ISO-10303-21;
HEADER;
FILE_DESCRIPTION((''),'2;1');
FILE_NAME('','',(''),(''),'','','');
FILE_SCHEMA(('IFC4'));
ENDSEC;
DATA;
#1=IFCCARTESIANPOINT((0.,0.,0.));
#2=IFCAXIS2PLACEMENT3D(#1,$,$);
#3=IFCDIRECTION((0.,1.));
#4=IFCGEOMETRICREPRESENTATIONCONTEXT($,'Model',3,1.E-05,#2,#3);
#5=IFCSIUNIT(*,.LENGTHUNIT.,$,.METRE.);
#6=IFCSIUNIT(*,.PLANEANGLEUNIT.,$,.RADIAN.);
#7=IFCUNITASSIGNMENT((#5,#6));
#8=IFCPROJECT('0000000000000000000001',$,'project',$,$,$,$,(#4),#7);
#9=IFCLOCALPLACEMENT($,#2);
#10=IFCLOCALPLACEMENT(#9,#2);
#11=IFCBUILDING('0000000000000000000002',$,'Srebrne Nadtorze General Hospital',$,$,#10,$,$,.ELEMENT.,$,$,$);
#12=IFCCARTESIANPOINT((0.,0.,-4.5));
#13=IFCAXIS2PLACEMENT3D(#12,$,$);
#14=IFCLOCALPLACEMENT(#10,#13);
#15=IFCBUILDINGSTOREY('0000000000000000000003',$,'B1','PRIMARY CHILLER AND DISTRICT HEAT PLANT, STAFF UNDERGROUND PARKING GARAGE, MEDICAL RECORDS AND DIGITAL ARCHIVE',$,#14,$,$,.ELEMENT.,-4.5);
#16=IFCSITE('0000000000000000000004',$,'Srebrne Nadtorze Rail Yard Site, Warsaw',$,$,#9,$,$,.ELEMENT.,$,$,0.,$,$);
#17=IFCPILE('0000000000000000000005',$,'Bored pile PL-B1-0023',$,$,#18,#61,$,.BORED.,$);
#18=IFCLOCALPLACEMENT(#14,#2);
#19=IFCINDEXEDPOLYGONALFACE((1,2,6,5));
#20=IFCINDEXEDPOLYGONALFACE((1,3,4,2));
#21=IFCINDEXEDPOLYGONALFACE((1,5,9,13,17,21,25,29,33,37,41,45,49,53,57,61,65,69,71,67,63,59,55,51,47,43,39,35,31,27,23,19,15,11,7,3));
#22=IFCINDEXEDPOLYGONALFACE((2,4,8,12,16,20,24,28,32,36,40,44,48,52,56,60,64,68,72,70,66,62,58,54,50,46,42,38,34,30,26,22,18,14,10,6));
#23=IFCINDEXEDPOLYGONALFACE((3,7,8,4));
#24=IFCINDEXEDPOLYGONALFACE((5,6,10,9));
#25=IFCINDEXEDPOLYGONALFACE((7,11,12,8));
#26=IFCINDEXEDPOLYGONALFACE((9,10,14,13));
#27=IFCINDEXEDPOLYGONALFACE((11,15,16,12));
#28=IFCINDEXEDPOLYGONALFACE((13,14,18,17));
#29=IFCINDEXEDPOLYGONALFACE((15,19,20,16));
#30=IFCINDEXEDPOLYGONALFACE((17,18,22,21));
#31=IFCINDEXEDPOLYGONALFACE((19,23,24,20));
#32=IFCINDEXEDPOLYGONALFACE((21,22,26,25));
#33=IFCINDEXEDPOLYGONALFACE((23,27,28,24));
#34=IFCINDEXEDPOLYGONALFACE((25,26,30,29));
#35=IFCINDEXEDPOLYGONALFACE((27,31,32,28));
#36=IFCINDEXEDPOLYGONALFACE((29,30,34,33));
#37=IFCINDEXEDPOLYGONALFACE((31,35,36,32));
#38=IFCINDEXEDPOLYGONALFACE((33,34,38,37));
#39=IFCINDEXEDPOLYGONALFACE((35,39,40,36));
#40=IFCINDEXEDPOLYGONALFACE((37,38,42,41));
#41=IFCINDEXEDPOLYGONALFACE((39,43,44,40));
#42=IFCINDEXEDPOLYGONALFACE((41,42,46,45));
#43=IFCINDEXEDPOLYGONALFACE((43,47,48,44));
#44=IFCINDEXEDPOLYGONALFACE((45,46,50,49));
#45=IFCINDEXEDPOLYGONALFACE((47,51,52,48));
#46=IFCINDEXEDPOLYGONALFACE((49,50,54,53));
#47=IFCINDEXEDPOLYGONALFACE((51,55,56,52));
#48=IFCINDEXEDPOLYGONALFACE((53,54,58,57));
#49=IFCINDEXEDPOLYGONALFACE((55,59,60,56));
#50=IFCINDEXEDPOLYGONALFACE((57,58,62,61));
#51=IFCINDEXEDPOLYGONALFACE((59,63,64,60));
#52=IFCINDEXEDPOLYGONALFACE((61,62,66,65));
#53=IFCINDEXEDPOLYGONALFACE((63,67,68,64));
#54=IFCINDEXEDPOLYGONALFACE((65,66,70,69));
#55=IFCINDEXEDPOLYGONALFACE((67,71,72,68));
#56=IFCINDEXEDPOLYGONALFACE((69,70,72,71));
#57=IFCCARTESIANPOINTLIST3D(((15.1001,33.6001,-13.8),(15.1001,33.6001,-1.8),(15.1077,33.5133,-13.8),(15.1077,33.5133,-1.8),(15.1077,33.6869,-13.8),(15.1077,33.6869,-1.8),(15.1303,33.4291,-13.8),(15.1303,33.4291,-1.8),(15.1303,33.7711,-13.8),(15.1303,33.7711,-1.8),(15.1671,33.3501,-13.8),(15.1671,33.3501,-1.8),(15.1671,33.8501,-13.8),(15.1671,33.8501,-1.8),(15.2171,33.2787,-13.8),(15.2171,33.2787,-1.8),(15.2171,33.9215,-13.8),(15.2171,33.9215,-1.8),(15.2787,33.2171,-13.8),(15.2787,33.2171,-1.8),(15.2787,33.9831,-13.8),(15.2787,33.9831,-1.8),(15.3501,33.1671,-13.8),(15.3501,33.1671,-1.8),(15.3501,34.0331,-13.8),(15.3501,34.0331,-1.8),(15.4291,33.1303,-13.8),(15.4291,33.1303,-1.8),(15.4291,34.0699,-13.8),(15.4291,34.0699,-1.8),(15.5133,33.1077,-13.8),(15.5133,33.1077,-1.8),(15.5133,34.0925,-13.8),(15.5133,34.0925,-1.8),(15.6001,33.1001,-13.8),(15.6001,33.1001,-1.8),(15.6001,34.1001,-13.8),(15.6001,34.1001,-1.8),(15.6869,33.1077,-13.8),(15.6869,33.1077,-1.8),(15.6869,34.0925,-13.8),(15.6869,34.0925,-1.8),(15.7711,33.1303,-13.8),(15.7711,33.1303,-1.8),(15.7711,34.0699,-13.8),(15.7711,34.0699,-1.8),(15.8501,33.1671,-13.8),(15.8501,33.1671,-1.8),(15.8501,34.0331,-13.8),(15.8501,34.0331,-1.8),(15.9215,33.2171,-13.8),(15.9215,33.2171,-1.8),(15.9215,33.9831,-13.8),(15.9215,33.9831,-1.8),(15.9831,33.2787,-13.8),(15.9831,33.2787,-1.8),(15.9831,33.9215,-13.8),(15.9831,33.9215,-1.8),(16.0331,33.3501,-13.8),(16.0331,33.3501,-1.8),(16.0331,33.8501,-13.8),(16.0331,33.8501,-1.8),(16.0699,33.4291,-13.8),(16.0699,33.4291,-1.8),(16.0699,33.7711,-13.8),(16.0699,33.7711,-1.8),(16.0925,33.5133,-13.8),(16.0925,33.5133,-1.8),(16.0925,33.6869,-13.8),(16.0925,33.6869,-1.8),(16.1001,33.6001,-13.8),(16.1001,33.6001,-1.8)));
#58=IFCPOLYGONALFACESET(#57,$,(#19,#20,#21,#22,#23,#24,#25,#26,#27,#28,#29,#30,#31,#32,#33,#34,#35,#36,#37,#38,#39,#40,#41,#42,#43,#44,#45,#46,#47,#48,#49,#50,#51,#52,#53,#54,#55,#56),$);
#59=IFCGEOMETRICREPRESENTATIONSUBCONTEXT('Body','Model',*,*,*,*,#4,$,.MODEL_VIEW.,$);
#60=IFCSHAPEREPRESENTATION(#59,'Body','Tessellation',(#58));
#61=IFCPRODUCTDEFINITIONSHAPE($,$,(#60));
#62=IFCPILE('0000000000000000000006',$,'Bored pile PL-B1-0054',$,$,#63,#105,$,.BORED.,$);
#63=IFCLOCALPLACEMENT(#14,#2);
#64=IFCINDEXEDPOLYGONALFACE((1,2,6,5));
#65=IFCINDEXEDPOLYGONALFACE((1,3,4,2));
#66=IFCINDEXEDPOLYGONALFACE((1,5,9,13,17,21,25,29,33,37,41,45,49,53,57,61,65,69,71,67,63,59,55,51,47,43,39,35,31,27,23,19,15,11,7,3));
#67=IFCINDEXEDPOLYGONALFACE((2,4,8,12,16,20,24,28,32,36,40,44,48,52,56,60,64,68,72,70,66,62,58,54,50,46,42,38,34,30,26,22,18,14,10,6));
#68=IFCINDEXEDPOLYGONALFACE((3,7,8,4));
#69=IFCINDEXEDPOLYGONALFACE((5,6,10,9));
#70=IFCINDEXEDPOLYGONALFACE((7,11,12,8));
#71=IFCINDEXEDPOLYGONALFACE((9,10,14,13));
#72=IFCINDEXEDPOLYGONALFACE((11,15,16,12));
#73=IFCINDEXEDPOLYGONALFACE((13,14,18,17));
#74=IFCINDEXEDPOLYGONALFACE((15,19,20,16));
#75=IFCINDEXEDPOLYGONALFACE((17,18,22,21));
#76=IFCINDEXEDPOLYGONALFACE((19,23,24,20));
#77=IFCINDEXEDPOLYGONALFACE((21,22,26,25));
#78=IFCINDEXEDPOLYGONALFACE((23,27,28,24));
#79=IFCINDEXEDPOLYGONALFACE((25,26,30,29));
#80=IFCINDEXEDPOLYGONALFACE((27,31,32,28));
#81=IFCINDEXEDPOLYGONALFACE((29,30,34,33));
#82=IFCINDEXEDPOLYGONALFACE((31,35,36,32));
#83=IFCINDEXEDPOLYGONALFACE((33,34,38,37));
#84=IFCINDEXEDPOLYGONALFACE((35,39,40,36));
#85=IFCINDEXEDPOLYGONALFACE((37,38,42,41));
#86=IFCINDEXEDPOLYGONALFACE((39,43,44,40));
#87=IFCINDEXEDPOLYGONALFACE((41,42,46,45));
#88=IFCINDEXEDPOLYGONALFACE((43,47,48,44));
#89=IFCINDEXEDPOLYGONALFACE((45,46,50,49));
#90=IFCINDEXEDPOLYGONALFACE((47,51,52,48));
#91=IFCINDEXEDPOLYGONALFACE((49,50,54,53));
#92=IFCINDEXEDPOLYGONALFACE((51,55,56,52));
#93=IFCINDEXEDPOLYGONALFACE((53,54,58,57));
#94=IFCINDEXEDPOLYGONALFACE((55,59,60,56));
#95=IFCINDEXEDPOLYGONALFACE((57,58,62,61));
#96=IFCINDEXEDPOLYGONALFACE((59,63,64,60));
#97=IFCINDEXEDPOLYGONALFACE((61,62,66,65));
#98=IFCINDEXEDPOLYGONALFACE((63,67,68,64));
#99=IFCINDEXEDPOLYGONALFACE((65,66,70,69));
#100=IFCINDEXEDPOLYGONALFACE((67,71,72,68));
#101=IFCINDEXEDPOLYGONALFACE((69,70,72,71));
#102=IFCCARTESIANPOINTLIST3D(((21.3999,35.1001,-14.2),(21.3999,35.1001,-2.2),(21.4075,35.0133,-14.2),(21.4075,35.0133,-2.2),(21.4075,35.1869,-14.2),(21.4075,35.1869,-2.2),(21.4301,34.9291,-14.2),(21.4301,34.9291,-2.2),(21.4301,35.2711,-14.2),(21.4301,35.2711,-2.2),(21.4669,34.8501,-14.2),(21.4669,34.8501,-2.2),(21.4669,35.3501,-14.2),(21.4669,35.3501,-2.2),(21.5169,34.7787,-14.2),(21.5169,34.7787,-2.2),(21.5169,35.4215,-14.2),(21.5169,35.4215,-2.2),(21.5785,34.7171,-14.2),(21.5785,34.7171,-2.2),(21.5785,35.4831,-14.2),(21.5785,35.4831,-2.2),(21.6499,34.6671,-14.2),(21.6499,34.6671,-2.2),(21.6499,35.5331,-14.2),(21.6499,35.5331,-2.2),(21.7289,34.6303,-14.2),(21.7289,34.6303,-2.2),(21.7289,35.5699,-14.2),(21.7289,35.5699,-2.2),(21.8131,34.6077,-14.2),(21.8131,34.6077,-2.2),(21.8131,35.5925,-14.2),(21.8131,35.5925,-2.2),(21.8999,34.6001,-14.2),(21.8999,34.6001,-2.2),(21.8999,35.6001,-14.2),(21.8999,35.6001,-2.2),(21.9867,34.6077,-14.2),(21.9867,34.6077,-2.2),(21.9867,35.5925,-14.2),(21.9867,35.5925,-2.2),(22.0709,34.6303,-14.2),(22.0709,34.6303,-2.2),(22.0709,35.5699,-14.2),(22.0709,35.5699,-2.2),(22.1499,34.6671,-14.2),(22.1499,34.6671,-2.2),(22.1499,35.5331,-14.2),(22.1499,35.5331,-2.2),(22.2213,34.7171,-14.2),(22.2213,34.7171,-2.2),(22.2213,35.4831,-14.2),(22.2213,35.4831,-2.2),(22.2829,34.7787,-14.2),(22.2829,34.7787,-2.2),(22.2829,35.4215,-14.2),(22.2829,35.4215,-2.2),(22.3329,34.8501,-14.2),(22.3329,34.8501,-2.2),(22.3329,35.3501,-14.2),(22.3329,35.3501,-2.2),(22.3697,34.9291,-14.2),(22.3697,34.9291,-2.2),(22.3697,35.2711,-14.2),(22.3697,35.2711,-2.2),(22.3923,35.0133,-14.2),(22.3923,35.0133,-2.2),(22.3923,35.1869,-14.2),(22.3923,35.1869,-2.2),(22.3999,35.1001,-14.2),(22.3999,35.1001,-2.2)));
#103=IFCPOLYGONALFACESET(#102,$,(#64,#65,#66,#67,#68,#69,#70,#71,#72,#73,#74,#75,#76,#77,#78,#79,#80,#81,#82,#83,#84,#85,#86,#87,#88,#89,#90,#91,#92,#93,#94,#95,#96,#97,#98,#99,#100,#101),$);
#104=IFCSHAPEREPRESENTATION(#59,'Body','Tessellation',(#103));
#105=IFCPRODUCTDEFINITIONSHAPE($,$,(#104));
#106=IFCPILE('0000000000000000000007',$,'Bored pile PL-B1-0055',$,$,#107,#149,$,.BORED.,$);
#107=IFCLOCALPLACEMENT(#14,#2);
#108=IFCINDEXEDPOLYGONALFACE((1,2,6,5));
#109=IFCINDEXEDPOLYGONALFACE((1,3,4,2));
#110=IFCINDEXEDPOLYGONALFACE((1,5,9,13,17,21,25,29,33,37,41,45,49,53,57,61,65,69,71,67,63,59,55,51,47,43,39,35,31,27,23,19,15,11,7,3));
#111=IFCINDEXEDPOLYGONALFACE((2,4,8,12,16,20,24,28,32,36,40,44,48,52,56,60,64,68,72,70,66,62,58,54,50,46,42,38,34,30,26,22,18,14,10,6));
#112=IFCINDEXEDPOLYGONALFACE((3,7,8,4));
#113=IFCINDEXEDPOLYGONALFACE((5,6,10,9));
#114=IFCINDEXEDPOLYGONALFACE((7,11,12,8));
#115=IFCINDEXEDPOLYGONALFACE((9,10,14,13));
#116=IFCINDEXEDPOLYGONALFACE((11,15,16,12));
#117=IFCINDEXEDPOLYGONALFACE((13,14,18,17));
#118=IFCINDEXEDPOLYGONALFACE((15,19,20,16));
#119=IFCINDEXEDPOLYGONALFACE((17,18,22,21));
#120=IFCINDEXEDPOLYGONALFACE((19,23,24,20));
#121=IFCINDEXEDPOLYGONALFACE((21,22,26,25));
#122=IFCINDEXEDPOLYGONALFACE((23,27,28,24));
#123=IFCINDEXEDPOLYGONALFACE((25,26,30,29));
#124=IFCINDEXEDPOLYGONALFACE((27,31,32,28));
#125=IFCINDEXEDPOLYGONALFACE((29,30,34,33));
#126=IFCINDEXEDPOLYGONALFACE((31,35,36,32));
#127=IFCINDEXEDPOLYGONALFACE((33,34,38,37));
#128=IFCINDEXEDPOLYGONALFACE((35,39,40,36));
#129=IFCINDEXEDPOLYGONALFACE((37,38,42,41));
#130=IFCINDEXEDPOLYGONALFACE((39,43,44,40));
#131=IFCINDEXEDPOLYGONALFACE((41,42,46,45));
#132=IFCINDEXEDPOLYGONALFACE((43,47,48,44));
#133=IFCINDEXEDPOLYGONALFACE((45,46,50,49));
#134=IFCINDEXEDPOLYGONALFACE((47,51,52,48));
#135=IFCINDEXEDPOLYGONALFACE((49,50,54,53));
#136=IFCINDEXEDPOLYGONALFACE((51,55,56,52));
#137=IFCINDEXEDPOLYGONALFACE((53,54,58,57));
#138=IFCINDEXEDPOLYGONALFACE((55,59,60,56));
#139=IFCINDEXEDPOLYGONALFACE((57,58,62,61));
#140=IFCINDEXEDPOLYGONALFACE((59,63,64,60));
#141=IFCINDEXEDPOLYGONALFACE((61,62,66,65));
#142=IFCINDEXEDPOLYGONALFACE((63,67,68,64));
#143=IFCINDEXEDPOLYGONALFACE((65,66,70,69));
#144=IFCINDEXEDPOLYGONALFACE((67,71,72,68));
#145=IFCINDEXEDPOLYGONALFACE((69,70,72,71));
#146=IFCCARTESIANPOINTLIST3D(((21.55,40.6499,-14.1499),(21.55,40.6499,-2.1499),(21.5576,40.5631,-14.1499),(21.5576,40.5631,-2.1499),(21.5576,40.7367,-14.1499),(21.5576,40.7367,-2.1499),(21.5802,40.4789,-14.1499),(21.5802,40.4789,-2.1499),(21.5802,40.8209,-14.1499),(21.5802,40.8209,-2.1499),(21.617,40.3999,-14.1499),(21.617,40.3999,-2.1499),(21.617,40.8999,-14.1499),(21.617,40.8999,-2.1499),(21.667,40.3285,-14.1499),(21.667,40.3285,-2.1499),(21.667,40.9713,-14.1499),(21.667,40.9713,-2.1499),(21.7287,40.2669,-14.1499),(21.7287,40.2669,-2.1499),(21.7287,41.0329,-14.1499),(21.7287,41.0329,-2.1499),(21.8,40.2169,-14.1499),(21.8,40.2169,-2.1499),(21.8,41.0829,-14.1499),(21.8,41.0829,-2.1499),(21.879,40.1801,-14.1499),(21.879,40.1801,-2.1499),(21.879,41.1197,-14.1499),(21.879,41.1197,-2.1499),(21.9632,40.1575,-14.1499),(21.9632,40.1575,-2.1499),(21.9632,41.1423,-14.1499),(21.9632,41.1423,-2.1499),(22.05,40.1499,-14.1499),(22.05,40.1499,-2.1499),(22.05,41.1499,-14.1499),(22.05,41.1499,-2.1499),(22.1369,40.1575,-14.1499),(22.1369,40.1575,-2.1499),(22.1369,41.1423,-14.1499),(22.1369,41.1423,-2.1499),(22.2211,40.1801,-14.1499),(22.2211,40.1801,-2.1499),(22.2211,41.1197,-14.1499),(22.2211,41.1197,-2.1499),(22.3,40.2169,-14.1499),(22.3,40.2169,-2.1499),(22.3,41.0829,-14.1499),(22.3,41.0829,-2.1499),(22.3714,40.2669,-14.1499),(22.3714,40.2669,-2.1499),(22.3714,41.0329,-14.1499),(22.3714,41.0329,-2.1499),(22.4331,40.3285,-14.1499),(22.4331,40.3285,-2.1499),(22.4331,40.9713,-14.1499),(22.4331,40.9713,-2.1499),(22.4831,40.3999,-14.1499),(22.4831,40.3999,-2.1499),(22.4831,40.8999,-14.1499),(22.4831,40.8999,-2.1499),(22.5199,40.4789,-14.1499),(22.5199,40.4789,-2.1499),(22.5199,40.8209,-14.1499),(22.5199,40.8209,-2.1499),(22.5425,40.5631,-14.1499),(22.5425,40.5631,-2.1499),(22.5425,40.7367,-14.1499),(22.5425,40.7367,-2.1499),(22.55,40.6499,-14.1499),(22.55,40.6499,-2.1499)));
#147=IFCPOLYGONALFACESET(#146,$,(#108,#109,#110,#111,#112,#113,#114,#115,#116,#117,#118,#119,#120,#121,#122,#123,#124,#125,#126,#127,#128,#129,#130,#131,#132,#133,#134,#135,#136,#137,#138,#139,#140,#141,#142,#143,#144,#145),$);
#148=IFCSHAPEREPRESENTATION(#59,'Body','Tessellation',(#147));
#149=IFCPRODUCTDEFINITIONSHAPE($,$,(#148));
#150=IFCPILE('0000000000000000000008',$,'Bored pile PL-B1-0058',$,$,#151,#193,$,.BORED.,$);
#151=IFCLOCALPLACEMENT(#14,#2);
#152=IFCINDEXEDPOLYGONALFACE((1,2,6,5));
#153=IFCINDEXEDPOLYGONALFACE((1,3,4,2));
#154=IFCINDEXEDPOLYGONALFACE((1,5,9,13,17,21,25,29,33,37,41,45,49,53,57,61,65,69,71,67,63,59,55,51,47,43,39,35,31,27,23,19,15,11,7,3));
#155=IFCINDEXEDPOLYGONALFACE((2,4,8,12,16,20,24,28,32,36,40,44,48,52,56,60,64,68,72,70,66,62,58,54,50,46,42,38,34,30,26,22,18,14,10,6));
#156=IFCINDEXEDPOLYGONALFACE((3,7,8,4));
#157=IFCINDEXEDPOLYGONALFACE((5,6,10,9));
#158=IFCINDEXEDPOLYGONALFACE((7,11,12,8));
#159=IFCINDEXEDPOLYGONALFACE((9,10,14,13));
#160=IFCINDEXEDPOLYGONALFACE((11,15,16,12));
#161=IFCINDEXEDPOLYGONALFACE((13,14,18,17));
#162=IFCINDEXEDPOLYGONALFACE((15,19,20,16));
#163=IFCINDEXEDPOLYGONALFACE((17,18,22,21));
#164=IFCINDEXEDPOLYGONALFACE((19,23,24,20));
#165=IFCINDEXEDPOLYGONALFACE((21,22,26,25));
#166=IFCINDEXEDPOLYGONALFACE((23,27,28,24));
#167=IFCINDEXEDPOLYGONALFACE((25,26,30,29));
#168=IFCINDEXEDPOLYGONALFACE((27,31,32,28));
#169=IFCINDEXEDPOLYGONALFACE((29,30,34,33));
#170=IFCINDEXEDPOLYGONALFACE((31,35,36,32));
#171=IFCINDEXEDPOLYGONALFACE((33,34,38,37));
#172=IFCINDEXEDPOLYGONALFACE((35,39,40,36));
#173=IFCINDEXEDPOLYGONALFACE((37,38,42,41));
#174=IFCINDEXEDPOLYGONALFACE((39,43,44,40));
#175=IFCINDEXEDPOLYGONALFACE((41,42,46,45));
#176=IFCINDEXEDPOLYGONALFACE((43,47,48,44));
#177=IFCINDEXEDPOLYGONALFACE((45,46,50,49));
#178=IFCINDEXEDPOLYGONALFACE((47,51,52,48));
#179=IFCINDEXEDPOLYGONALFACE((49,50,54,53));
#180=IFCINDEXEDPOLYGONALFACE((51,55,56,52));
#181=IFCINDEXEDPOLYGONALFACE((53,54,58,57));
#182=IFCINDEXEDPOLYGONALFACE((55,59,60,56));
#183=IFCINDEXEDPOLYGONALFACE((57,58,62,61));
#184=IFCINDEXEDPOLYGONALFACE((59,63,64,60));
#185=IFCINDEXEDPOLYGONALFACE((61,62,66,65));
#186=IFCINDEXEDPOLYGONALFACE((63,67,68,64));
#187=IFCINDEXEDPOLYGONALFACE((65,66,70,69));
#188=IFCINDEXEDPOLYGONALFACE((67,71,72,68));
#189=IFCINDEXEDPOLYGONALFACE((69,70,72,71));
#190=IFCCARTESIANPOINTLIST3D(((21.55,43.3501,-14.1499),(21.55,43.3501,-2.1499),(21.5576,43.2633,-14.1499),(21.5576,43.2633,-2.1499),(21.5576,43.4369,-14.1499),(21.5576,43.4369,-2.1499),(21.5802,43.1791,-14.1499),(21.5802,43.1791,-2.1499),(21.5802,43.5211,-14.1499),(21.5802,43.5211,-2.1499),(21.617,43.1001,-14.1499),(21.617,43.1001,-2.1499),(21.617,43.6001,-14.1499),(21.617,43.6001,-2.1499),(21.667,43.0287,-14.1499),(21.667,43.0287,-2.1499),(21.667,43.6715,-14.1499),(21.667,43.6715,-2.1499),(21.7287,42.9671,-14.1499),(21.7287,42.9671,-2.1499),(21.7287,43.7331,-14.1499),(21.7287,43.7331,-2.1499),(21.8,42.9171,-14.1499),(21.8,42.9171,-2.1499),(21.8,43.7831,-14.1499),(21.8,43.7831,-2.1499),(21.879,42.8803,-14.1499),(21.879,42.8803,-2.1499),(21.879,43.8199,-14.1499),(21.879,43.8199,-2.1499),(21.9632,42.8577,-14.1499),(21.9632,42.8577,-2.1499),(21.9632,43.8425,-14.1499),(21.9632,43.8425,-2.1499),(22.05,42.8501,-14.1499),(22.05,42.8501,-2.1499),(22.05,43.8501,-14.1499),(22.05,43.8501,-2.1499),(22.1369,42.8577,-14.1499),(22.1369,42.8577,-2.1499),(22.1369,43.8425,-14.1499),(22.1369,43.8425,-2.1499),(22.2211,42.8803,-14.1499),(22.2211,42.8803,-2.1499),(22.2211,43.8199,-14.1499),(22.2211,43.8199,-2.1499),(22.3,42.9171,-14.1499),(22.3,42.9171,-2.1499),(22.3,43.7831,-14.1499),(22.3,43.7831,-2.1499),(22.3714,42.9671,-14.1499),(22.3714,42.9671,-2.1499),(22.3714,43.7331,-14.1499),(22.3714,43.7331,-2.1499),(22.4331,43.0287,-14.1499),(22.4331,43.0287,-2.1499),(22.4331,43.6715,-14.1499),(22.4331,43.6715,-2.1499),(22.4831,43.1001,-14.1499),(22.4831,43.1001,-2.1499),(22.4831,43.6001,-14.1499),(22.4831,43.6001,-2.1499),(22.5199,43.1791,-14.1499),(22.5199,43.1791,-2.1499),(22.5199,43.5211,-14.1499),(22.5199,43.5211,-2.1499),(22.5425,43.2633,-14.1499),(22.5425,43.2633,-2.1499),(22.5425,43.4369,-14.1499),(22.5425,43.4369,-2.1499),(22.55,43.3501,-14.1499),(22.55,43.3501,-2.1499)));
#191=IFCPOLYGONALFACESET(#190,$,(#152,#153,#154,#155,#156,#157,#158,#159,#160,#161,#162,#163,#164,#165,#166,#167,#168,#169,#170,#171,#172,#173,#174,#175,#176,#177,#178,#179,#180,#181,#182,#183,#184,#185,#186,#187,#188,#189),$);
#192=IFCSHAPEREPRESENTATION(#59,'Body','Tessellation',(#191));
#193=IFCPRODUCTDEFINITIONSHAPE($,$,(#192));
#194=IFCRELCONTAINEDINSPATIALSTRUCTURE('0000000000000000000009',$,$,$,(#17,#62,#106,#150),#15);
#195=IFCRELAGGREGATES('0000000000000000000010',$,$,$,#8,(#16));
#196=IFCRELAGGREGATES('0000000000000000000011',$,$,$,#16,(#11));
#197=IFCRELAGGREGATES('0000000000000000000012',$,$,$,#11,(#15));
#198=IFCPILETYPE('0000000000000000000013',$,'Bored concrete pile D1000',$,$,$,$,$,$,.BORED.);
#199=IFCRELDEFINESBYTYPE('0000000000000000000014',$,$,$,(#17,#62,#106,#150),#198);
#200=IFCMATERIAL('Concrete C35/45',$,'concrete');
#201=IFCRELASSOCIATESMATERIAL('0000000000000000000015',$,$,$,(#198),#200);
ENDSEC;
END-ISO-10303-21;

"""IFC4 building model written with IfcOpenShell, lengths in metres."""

from ifc_helpers import new_model, si_unit, direction, frame, origin, origin_2d, place, context, subcontext, project, spatial, circle, extrude, material, material_profile, profile_set, type_object, element, save


model = new_model("IFC4")

# Units and contexts
model_context = context("Model", 3, precision=1e-05, world=origin(), true_north=direction((0.0, 1.0)))
body_context = subcontext(model_context, "Body", "Model", "MODEL_VIEW")
ifc_project = project(units=[si_unit("LENGTHUNIT", "METRE"), si_unit("PLANEANGLEUNIT", "RADIAN")], contexts=[model_context])

# Site, building, storey
site_placement = place(None, origin())
site = spatial("IfcSite", under=ifc_project, at=site_placement, Name="Srebrne Nadtorze Rail Yard Site, Warsaw", CompositionType="ELEMENT", RefElevation=0.0)
building_placement = place(site_placement, origin())
building = spatial("IfcBuilding", under=site, at=building_placement, Name="Srebrne Nadtorze General Hospital", CompositionType="ELEMENT")
storey_placement = place(building_placement, frame((0.0, 0.0, -4.5)))
storey = spatial("IfcBuildingStorey", under=building, at=storey_placement, Name="B1", Description="PRIMARY CHILLER AND DISTRICT HEAT PLANT, STAFF UNDERGROUND PARKING GARAGE, MEDICAL RECORDS AND DIGITAL ARCHIVE", CompositionType="ELEMENT", Elevation=-4.5)

# Piles
ifc_material_1 = material(Name="Concrete C35/45", Category="concrete")
ifc_material_profile_1 = material_profile(ifc_material_1, circle(Radius=0.5, at=origin_2d()), Name="PILE-D1000")
ifc_profile_set_1 = profile_set([ifc_material_profile_1], Name="Concrete C35/45")
pile_type_1 = type_object("IfcPileType", Name="Bored concrete pile D1000", PredefinedType="BORED", material=ifc_profile_set_1)
for number, where, z_axis, x_axis, name in (
    (1, (15.6001, 33.6001, -1.8), (0.0, 0.0, -1.0), (1.0, 0.0, 0.0), "Bored pile PL-B1-0023"),
    (2, (21.8999, 35.1001, -2.2), (0.0, 0.0, -1.0), (1.0, 0.0, 0.0), "Bored pile PL-B1-0054"),
    (3, (22.05, 40.6499, -2.1499), (0.0, 0.0, -1.0), (1.0, 0.0, 0.0), "Bored pile PL-B1-0055"),
    (4, (22.05, 43.3501, -2.1499), (0.0, 0.0, -1.0), (1.0, 0.0, 0.0), "Bored pile PL-B1-0058"),
):
    element("IfcPile", number, at=place(storey_placement, frame(where, z_axis=z_axis, x_axis=x_axis)), inside=storey, type_object=pile_type_1, Name=name, PredefinedType="BORED", context=body_context, shape_type="SweptSolid", body=[
        extrude(circle(Radius=0.5, at=origin_2d()), origin(), (0.0, 0.0, 1.0), 12.0),
    ])

save(model, "model.ifc")
